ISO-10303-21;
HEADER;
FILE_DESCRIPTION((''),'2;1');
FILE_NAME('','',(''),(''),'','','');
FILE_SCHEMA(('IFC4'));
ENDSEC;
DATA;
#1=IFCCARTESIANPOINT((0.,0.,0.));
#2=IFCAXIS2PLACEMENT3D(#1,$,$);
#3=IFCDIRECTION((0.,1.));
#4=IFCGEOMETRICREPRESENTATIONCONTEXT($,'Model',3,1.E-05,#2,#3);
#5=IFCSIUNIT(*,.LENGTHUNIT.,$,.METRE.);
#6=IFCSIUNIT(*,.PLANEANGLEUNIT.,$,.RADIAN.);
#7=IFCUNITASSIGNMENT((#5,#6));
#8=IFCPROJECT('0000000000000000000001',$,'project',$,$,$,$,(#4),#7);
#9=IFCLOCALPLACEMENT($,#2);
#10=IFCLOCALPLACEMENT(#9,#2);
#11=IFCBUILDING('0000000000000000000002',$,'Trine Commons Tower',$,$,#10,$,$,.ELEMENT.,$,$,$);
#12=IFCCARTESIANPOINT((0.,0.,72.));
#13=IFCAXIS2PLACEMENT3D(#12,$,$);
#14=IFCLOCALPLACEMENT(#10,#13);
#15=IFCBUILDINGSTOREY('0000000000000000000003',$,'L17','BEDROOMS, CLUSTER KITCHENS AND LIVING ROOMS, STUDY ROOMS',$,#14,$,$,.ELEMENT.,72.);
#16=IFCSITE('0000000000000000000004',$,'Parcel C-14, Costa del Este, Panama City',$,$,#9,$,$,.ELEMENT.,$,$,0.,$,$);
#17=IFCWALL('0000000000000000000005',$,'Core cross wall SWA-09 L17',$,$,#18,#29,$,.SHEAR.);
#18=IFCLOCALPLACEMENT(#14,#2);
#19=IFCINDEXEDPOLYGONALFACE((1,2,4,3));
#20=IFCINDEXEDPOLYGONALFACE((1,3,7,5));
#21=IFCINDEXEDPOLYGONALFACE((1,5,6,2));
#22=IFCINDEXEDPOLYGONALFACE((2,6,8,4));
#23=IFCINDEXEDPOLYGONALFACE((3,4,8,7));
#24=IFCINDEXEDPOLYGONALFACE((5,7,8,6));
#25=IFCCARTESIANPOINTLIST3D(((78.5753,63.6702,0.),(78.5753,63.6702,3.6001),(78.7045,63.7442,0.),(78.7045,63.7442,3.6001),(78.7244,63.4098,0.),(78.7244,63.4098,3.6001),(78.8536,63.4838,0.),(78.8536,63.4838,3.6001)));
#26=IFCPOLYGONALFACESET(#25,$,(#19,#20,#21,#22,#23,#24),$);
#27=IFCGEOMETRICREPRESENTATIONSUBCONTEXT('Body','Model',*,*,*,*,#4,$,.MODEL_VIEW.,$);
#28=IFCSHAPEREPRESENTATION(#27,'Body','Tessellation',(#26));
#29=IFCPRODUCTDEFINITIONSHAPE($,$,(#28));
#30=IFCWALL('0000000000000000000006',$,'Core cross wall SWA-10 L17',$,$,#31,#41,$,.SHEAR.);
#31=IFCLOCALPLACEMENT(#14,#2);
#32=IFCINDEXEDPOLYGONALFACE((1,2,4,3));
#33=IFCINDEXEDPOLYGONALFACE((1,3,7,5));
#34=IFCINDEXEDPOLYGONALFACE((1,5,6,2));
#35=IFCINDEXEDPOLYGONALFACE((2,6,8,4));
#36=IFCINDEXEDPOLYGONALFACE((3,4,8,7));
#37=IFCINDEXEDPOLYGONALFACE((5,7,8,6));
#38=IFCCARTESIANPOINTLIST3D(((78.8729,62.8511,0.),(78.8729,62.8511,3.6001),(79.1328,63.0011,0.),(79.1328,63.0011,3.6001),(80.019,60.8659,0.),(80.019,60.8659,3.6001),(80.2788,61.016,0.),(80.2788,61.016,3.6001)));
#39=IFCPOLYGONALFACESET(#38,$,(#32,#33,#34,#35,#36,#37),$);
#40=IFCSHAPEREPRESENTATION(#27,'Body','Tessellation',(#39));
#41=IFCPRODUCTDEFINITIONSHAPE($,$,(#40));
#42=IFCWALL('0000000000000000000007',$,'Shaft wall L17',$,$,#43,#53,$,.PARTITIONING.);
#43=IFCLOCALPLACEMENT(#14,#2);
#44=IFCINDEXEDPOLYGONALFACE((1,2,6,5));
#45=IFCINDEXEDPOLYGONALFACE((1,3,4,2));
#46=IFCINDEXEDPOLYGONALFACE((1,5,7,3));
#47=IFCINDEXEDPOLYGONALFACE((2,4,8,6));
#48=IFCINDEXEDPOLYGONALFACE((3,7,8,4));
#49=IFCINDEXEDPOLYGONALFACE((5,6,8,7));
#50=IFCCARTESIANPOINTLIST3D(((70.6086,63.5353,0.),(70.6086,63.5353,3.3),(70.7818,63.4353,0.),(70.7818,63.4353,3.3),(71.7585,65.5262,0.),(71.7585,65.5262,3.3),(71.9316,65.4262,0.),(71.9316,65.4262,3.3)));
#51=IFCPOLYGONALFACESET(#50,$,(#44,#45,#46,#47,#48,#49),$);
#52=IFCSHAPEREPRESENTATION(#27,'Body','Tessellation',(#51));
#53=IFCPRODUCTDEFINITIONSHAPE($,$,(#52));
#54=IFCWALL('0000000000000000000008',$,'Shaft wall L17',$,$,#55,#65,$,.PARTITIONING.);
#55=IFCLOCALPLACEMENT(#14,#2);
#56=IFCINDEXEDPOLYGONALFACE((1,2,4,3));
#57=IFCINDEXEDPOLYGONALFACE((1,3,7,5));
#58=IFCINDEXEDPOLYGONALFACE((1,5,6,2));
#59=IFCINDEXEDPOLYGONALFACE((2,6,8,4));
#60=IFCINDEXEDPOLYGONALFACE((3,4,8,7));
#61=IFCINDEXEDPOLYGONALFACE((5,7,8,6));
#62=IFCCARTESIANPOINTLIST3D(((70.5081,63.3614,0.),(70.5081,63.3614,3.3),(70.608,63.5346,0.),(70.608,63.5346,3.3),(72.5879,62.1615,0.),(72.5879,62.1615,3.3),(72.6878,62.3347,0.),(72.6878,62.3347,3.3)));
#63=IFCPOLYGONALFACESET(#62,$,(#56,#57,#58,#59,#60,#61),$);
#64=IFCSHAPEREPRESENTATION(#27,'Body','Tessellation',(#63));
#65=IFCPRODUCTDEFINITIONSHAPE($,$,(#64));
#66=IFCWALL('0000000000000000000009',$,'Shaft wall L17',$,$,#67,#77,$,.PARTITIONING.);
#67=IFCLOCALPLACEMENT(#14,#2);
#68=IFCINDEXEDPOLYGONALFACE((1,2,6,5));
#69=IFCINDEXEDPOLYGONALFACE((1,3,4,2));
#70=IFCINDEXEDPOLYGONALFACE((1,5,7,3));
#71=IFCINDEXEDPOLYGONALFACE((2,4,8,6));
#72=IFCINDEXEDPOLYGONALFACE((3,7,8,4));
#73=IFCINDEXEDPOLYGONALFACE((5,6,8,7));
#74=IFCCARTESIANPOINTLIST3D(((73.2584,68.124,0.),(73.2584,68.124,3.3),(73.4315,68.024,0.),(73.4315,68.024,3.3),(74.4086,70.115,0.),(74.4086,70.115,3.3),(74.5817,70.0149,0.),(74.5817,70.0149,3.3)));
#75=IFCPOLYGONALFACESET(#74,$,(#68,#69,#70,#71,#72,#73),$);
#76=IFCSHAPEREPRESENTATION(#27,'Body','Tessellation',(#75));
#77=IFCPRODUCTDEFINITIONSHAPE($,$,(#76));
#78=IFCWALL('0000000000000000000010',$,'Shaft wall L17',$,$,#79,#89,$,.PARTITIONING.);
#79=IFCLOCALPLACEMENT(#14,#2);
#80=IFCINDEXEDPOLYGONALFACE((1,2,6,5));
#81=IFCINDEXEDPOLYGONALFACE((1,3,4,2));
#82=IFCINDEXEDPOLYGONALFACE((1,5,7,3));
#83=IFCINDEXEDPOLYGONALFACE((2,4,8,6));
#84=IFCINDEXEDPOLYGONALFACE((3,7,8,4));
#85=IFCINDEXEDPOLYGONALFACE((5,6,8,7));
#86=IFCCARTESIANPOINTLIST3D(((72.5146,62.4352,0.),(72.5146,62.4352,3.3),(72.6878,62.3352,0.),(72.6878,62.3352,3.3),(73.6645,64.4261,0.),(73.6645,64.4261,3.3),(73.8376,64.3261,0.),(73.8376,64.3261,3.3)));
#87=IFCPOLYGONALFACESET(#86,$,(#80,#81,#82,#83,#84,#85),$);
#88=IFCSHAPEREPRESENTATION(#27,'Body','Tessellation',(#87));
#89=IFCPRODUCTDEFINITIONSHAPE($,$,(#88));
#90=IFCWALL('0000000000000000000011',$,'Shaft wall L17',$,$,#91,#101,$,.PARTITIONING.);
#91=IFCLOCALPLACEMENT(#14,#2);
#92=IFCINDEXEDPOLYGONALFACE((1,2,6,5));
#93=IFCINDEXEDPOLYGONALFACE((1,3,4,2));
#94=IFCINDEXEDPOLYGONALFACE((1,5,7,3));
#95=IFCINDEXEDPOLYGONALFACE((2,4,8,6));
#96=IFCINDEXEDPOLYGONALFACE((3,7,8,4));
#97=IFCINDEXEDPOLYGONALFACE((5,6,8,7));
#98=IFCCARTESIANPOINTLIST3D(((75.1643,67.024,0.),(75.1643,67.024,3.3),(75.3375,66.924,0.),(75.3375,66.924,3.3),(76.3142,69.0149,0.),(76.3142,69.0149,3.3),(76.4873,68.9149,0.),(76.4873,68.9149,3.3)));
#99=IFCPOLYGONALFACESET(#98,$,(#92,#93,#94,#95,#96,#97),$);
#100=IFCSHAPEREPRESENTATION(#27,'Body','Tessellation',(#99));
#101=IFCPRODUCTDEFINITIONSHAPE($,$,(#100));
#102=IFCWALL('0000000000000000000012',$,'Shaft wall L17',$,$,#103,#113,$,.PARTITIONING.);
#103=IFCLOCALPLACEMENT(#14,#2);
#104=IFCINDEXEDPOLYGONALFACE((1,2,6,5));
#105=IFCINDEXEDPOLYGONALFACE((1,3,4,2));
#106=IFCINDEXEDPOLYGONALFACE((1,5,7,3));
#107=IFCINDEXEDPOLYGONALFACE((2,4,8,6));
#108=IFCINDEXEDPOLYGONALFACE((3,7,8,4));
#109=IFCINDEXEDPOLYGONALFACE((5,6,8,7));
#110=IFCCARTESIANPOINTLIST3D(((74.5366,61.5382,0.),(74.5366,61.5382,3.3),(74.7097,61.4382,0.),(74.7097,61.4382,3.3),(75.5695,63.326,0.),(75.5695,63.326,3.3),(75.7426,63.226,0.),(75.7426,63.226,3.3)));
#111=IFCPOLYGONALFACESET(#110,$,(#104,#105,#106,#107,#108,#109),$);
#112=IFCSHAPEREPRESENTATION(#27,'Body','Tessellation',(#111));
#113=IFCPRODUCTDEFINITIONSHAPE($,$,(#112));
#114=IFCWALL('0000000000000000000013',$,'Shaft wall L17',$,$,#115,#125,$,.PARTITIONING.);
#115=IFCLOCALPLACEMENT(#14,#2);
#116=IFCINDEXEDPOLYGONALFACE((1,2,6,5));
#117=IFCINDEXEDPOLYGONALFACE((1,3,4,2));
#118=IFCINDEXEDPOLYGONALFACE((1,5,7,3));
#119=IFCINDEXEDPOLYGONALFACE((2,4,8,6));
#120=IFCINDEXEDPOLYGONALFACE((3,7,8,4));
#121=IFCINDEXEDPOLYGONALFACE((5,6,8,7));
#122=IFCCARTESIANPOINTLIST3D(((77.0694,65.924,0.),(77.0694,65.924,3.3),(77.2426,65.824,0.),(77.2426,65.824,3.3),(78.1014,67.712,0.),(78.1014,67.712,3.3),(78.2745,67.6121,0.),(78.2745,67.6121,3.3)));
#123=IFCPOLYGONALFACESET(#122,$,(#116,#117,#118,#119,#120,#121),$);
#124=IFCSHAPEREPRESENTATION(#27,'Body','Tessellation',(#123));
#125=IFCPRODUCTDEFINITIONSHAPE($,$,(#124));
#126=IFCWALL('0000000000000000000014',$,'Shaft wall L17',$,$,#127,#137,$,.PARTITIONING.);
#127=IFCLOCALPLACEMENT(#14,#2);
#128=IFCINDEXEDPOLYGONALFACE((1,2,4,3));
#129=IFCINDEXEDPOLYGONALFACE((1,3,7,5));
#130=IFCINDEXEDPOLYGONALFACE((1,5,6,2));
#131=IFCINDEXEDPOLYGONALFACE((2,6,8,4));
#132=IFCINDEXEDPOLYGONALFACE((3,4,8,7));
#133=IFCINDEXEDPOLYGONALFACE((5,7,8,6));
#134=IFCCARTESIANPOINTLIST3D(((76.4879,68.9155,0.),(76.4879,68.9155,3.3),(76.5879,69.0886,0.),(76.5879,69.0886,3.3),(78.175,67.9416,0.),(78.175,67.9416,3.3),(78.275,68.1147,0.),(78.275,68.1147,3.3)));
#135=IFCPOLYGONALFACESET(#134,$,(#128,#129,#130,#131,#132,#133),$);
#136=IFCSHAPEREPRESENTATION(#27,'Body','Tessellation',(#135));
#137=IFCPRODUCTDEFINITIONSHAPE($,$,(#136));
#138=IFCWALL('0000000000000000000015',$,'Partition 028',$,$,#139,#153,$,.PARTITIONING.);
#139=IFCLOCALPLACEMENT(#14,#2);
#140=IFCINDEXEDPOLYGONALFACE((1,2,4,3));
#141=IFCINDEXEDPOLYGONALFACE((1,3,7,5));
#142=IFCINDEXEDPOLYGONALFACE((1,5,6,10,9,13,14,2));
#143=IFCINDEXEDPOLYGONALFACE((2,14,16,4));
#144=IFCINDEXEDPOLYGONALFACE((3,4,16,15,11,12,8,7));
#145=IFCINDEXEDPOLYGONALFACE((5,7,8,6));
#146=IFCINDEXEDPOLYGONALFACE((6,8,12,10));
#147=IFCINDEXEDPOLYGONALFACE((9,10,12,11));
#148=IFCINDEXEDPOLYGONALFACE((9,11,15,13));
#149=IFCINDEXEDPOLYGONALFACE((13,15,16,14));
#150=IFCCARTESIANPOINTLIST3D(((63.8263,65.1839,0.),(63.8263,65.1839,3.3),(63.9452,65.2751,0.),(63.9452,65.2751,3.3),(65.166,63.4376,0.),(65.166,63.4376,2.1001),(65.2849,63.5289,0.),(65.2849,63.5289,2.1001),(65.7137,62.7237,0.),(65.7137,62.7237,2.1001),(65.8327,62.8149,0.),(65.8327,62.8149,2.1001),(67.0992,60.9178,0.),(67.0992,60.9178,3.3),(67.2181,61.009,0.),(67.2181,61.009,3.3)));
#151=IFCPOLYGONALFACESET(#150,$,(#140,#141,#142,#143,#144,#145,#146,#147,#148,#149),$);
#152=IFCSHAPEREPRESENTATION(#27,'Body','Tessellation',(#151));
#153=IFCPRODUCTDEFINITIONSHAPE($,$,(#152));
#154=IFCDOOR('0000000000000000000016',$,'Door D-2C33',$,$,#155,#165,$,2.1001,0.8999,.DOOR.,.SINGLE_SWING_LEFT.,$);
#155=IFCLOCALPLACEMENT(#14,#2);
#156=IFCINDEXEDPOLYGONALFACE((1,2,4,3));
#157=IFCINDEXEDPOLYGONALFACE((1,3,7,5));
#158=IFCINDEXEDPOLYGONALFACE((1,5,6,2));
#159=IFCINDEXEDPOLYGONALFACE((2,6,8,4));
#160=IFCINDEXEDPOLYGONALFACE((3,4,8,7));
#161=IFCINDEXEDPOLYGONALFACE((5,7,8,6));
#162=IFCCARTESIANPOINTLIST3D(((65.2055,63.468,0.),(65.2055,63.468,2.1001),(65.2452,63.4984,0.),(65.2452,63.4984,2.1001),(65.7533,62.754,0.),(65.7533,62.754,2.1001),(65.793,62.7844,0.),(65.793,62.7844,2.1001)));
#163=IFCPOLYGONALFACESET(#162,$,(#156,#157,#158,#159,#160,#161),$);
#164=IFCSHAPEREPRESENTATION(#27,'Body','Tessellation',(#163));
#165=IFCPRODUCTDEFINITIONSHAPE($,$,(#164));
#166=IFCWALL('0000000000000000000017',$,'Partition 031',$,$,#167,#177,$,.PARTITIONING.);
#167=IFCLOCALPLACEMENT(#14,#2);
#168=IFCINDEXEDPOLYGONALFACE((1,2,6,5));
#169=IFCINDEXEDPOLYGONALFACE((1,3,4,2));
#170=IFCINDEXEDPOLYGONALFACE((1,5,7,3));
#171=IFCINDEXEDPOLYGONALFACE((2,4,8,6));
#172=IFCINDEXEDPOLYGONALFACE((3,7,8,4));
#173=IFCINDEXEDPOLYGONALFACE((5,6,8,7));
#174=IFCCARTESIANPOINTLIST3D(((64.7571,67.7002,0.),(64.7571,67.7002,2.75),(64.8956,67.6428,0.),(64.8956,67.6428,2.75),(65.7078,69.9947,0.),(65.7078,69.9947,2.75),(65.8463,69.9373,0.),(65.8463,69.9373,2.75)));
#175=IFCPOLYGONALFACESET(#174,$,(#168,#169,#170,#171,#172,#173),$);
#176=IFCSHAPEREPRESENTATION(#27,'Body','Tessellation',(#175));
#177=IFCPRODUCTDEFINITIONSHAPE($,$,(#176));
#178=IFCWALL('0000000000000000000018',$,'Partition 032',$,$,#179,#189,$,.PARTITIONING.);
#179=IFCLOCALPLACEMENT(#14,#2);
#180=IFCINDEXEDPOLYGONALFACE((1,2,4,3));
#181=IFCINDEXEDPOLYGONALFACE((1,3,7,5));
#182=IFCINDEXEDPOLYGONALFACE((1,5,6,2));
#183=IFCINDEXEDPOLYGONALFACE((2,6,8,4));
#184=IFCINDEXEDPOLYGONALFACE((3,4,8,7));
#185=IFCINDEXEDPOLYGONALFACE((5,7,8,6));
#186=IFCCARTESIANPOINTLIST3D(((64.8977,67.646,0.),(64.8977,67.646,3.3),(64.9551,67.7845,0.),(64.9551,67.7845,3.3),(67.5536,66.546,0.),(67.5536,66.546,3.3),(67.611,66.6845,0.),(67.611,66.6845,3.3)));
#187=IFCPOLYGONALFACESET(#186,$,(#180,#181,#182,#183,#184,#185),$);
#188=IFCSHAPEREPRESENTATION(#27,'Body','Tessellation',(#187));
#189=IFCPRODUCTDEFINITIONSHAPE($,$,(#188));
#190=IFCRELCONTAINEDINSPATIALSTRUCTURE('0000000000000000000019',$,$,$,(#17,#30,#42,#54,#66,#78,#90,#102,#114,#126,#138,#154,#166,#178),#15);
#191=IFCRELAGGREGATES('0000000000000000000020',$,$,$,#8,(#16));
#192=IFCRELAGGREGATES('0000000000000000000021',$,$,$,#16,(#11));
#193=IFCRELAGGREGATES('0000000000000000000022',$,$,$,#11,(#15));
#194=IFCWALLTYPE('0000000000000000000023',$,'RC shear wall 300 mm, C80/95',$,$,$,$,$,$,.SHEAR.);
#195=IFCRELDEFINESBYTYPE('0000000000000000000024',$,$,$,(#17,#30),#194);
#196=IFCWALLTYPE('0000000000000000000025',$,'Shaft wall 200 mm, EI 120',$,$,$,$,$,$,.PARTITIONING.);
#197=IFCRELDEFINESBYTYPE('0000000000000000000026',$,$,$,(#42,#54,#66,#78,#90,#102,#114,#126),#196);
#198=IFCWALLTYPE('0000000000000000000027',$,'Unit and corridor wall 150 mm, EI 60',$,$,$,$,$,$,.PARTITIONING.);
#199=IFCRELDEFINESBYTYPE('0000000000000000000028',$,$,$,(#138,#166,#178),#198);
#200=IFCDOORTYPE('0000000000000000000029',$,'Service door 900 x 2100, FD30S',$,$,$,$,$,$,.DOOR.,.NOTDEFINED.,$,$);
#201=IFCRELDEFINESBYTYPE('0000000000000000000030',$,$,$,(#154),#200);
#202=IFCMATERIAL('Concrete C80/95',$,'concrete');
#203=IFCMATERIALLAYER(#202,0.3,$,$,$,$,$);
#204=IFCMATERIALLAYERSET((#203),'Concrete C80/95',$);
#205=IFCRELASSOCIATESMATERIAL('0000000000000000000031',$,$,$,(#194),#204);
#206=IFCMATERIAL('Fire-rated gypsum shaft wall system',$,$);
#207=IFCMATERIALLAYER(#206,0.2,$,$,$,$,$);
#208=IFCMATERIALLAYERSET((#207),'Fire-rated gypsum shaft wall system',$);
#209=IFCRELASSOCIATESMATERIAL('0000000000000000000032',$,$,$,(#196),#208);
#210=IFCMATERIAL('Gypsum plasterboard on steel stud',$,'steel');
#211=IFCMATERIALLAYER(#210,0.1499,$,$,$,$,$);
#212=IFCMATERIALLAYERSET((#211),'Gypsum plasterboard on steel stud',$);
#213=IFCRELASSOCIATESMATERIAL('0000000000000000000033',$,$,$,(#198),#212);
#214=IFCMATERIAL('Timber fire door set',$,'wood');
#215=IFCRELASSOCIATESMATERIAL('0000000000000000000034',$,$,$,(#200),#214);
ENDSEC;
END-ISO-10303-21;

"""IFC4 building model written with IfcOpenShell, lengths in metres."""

from ifc_helpers import new_model, si_unit, direction, frame, frame_2d, origin, place, context, subcontext, project, spatial, rectangle, extrude, material, layer, layer_set, type_object, element, fill, save


model = new_model("IFC4")

# Units and contexts
model_context = context("Model", 3, precision=1e-05, world=origin(), true_north=direction((0.0, 1.0)))
body_context = subcontext(model_context, "Body", "Model", "MODEL_VIEW")
ifc_project = project(units=[si_unit("LENGTHUNIT", "METRE"), si_unit("PLANEANGLEUNIT", "RADIAN")], contexts=[model_context])

# Site, building, storey
site_placement = place(None, origin())
site = spatial("IfcSite", under=ifc_project, at=site_placement, Name="Parcel C-14, Costa del Este, Panama City", CompositionType="ELEMENT", RefElevation=0.0)
building_placement = place(site_placement, origin())
building = spatial("IfcBuilding", under=site, at=building_placement, Name="Trine Commons Tower", CompositionType="ELEMENT")
storey_placement = place(building_placement, frame((0.0, 0.0, 72.0)))
storey = spatial("IfcBuildingStorey", under=building, at=storey_placement, Name="L17", Description="BEDROOMS, CLUSTER KITCHENS AND LIVING ROOMS, STUDY ROOMS", CompositionType="ELEMENT", Elevation=72.0)

# Shared definitions
ifc_material_1 = material(Name="Fire-rated gypsum shaft wall system")
ifc_material_2 = material(Name="Concrete C80/95", Category="concrete")
ifc_layer_1 = layer(ifc_material_2, 0.3)
ifc_layer_set_1 = layer_set([ifc_layer_1], Name="Concrete C80/95")
wall_type_1 = type_object("IfcWallType", Name="RC shear wall 300 mm, C80/95", PredefinedType="SHEAR", material=ifc_layer_set_1)

# Walls
wall_1_placement = place(storey_placement, frame((78.7791, 63.614, 0.0), z_axis=(0.0, 0.0, 1.0), x_axis=(-0.867738, -0.497022, 0.0)))
element("IfcWall", 1, at=wall_1_placement, inside=storey, type_object=wall_type_1, Name="Core cross wall SWA-09 L17", PredefinedType="SHEAR", context=body_context, shape_type="SweptSolid", body=[
    extrude(rectangle(XDim=0.1489, YDim=0.3, at=frame_2d((0.0745, 0.0))), origin(), (0.0, 0.0, 1.0), 3.6001),
])
wall_2_placement = place(storey_placement, frame((79.0029, 62.926, 0.0), z_axis=(0.0, 0.0, 1.0), x_axis=(0.499965, -0.866045, 0.0)))
element("IfcWall", 2, at=wall_2_placement, inside=storey, type_object=wall_type_1, Name="Core cross wall SWA-10 L17", PredefinedType="SHEAR", context=body_context, shape_type="SweptSolid", body=[
    extrude(rectangle(XDim=2.2922, YDim=0.3, at=frame_2d((1.146, 0.0))), origin(), (0.0, 0.0, 1.0), 3.6001),
])
ifc_layer_2 = layer(ifc_material_1, 0.2)
ifc_layer_set_2 = layer_set([ifc_layer_2], Name="Fire-rated gypsum shaft wall system")
wall_type_2 = type_object("IfcWallType", Name="Shaft wall 200 mm, EI 120", PredefinedType="PARTITIONING", material=ifc_layer_set_2)
wall_3_placement = place(storey_placement, frame((71.845, 65.4761, 0.0), z_axis=(0.0, 0.0, 1.0), x_axis=(-0.500136, -0.865947, 0.0)))
element("IfcWall", 3, at=wall_3_placement, inside=storey, type_object=wall_type_2, Name="Shaft wall L17", PredefinedType="PARTITIONING", context=body_context, shape_type="SweptSolid", body=[
    extrude(rectangle(XDim=2.2991, YDim=0.2, at=frame_2d((1.1494, 0.0))), origin(), (0.0, 0.0, 1.0), 3.3),
])
wall_4_placement = place(storey_placement, frame((72.6379, 62.248, 0.0), z_axis=(0.0, 0.0, 1.0), x_axis=(-0.866177, 0.499737, 0.0)))
element("IfcWall", 4, at=wall_4_placement, inside=storey, type_object=wall_type_2, Name="Shaft wall L17", PredefinedType="PARTITIONING", context=body_context, shape_type="SweptSolid", body=[
    extrude(rectangle(XDim=2.4011, YDim=0.2, at=frame_2d((1.2007, 0.0))), origin(), (0.0, 0.0, 1.0), 3.3),
])
wall_5_placement = place(storey_placement, frame((73.345, 68.074, 0.0), z_axis=(0.0, 0.0, 1.0), x_axis=(0.500216, 0.865901, 0.0)))
element("IfcWall", 5, at=wall_5_placement, inside=storey, type_object=wall_type_2, Name="Shaft wall L17", PredefinedType="PARTITIONING", context=body_context, shape_type="SweptSolid", body=[
    extrude(rectangle(XDim=2.2993, YDim=0.2, at=frame_2d((1.1497, 0.0))), origin(), (0.0, 0.0, 1.0), 3.3),
])
for number, where, z_axis, x_axis, name in (
    (6, (73.751, 64.376, 0.0), (0.0, 0.0, 1.0), (-0.500136, -0.865947, 0.0), "Shaft wall L17"),
    (7, (75.251, 66.9741, 0.0), (0.0, 0.0, 1.0), (0.500136, 0.865947, 0.0), "Shaft wall L17"),
):
    element("IfcWall", number, at=place(storey_placement, frame(where, z_axis=z_axis, x_axis=x_axis)), inside=storey, type_object=wall_type_2, Name=name, PredefinedType="PARTITIONING", context=body_context, shape_type="SweptSolid", body=[
        extrude(rectangle(XDim=2.2991, YDim=0.2, at=frame_2d((1.1494, 0.0))), origin(), (0.0, 0.0, 1.0), 3.3),
    ])
wall_6_placement = place(storey_placement, frame((75.656, 63.2759, 0.0), z_axis=(0.0, 0.0, 1.0), x_axis=(-0.500272, -0.865868, 0.0)))
element("IfcWall", 8, at=wall_6_placement, inside=storey, type_object=wall_type_2, Name="Shaft wall L17", PredefinedType="PARTITIONING", context=body_context, shape_type="SweptSolid", body=[
    extrude(rectangle(XDim=2.0647, YDim=0.2, at=frame_2d((1.0322, 0.0))), origin(), (0.0, 0.0, 1.0), 3.3),
])
wall_7_placement = place(storey_placement, frame((77.156, 65.874, 0.0), z_axis=(0.0, 0.0, 1.0), x_axis=(0.499866, 0.866103, 0.0)))
element("IfcWall", 9, at=wall_7_placement, inside=storey, type_object=wall_type_2, Name="Shaft wall L17", PredefinedType="PARTITIONING", context=body_context, shape_type="SweptSolid", body=[
    extrude(rectangle(XDim=2.0645, YDim=0.2, at=frame_2d((1.0322, 0.0))), origin(), (0.0, 0.0, 1.0), 3.3),
])
wall_8_placement = place(storey_placement, frame((78.2251, 68.0281, 0.0), z_axis=(0.0, 0.0, 1.0), x_axis=(-0.866052, 0.499954, 0.0)))
element("IfcWall", 10, at=wall_8_placement, inside=storey, type_object=wall_type_2, Name="Shaft wall L17", PredefinedType="PARTITIONING", context=body_context, shape_type="SweptSolid", body=[
    extrude(rectangle(XDim=1.948, YDim=0.2, at=frame_2d((0.9741, 0.0))), origin(), (0.0, 0.0, 1.0), 3.3),
])

# Wall, opening, door
ifc_material_3 = material(Name="Gypsum plasterboard on steel stud", Category="steel")
ifc_layer_3 = layer(ifc_material_3, 0.1499)
ifc_layer_set_3 = layer_set([ifc_layer_3], Name="Gypsum plasterboard on steel stud")
wall_type_3 = type_object("IfcWallType", Name="Unit and corridor wall 150 mm, EI 60", PredefinedType="PARTITIONING", material=ifc_layer_set_3)
wall_9_placement = place(storey_placement, frame((63.8857, 65.2295, 0.0), z_axis=(0.0, 0.0, 1.0), x_axis=(0.608697, -0.793403, 0.0)))
wall_9 = element("IfcWall", 11, at=wall_9_placement, inside=storey, type_object=wall_type_3, Name="Partition 028", PredefinedType="PARTITIONING", context=body_context, shape_type="SweptSolid", body=[
    extrude(rectangle(XDim=5.377, YDim=0.1499, at=frame_2d((2.6885, 0.0))), origin(), (0.0, 0.0, 1.0), 3.3),
])
opening_1_placement = place(wall_9_placement, frame((2.2009, 0.0, 0.0)))
opening_1 = element("IfcOpeningElement", 12, at=opening_1_placement, cuts=wall_9, PredefinedType="OPENING", context=body_context, shape_type="SweptSolid", body=[
    extrude(rectangle(XDim=0.8999, YDim=2.1001, at=frame_2d((0.45, 1.05))), frame((0.0, 0.085, 0.0), z_axis=(0.0, -1.0, 0.0), x_axis=(1.0, 0.0, 0.0)), (0.0, 0.0, 1.0), 0.1699),
])
ifc_material_4 = material(Name="Timber fire door set", Category="wood")
door_type_1 = type_object("IfcDoorType", Name="Service door 900 x 2100, FD30S", OperationType="NOTDEFINED", PredefinedType="DOOR", material=ifc_material_4)
door_1_placement = place(opening_1_placement, origin())
door_1 = element("IfcDoor", 13, at=door_1_placement, inside=storey, type_object=door_type_1, Name="Door D-2C33", OperationType="SINGLE_SWING_LEFT", OverallHeight=2.1001, OverallWidth=0.8999, PredefinedType="DOOR", context=body_context, shape_type="SweptSolid", body=[
    extrude(rectangle(XDim=0.8999, YDim=2.1001, at=frame_2d((0.45, 1.05))), frame((0.0, 0.0249, 0.0), z_axis=(0.0, -1.0, 0.0), x_axis=(1.0, 0.0, 0.0)), (0.0, 0.0, 1.0), 0.05),
])
fill(opening_1, door_1)

# Walls
wall_10_placement = place(storey_placement, frame((64.8264, 67.6716, 0.0), z_axis=(0.0, 0.0, 1.0), x_axis=(0.382786, 0.923837, 0.0)))
element("IfcWall", 14, at=wall_10_placement, inside=storey, type_object=wall_type_3, Name="Partition 031", PredefinedType="PARTITIONING", context=body_context, shape_type="SweptSolid", body=[
    extrude(rectangle(XDim=2.4836, YDim=0.1499, at=frame_2d((1.2417, 0.0))), origin(), (0.0, 0.0, 1.0), 2.75),
])
wall_11_placement = place(storey_placement, frame((64.9263, 67.7153, 0.0), z_axis=(0.0, 0.0, 1.0), x_axis=(0.923886, -0.382667, 0.0)))
element("IfcWall", 15, at=wall_11_placement, inside=storey, type_object=wall_type_3, Name="Partition 032", PredefinedType="PARTITIONING", context=body_context, shape_type="SweptSolid", body=[
    extrude(rectangle(XDim=2.8748, YDim=0.1499, at=frame_2d((1.4375, 0.0))), origin(), (0.0, 0.0, 1.0), 3.3),
])

save(model, "model.ifc")
